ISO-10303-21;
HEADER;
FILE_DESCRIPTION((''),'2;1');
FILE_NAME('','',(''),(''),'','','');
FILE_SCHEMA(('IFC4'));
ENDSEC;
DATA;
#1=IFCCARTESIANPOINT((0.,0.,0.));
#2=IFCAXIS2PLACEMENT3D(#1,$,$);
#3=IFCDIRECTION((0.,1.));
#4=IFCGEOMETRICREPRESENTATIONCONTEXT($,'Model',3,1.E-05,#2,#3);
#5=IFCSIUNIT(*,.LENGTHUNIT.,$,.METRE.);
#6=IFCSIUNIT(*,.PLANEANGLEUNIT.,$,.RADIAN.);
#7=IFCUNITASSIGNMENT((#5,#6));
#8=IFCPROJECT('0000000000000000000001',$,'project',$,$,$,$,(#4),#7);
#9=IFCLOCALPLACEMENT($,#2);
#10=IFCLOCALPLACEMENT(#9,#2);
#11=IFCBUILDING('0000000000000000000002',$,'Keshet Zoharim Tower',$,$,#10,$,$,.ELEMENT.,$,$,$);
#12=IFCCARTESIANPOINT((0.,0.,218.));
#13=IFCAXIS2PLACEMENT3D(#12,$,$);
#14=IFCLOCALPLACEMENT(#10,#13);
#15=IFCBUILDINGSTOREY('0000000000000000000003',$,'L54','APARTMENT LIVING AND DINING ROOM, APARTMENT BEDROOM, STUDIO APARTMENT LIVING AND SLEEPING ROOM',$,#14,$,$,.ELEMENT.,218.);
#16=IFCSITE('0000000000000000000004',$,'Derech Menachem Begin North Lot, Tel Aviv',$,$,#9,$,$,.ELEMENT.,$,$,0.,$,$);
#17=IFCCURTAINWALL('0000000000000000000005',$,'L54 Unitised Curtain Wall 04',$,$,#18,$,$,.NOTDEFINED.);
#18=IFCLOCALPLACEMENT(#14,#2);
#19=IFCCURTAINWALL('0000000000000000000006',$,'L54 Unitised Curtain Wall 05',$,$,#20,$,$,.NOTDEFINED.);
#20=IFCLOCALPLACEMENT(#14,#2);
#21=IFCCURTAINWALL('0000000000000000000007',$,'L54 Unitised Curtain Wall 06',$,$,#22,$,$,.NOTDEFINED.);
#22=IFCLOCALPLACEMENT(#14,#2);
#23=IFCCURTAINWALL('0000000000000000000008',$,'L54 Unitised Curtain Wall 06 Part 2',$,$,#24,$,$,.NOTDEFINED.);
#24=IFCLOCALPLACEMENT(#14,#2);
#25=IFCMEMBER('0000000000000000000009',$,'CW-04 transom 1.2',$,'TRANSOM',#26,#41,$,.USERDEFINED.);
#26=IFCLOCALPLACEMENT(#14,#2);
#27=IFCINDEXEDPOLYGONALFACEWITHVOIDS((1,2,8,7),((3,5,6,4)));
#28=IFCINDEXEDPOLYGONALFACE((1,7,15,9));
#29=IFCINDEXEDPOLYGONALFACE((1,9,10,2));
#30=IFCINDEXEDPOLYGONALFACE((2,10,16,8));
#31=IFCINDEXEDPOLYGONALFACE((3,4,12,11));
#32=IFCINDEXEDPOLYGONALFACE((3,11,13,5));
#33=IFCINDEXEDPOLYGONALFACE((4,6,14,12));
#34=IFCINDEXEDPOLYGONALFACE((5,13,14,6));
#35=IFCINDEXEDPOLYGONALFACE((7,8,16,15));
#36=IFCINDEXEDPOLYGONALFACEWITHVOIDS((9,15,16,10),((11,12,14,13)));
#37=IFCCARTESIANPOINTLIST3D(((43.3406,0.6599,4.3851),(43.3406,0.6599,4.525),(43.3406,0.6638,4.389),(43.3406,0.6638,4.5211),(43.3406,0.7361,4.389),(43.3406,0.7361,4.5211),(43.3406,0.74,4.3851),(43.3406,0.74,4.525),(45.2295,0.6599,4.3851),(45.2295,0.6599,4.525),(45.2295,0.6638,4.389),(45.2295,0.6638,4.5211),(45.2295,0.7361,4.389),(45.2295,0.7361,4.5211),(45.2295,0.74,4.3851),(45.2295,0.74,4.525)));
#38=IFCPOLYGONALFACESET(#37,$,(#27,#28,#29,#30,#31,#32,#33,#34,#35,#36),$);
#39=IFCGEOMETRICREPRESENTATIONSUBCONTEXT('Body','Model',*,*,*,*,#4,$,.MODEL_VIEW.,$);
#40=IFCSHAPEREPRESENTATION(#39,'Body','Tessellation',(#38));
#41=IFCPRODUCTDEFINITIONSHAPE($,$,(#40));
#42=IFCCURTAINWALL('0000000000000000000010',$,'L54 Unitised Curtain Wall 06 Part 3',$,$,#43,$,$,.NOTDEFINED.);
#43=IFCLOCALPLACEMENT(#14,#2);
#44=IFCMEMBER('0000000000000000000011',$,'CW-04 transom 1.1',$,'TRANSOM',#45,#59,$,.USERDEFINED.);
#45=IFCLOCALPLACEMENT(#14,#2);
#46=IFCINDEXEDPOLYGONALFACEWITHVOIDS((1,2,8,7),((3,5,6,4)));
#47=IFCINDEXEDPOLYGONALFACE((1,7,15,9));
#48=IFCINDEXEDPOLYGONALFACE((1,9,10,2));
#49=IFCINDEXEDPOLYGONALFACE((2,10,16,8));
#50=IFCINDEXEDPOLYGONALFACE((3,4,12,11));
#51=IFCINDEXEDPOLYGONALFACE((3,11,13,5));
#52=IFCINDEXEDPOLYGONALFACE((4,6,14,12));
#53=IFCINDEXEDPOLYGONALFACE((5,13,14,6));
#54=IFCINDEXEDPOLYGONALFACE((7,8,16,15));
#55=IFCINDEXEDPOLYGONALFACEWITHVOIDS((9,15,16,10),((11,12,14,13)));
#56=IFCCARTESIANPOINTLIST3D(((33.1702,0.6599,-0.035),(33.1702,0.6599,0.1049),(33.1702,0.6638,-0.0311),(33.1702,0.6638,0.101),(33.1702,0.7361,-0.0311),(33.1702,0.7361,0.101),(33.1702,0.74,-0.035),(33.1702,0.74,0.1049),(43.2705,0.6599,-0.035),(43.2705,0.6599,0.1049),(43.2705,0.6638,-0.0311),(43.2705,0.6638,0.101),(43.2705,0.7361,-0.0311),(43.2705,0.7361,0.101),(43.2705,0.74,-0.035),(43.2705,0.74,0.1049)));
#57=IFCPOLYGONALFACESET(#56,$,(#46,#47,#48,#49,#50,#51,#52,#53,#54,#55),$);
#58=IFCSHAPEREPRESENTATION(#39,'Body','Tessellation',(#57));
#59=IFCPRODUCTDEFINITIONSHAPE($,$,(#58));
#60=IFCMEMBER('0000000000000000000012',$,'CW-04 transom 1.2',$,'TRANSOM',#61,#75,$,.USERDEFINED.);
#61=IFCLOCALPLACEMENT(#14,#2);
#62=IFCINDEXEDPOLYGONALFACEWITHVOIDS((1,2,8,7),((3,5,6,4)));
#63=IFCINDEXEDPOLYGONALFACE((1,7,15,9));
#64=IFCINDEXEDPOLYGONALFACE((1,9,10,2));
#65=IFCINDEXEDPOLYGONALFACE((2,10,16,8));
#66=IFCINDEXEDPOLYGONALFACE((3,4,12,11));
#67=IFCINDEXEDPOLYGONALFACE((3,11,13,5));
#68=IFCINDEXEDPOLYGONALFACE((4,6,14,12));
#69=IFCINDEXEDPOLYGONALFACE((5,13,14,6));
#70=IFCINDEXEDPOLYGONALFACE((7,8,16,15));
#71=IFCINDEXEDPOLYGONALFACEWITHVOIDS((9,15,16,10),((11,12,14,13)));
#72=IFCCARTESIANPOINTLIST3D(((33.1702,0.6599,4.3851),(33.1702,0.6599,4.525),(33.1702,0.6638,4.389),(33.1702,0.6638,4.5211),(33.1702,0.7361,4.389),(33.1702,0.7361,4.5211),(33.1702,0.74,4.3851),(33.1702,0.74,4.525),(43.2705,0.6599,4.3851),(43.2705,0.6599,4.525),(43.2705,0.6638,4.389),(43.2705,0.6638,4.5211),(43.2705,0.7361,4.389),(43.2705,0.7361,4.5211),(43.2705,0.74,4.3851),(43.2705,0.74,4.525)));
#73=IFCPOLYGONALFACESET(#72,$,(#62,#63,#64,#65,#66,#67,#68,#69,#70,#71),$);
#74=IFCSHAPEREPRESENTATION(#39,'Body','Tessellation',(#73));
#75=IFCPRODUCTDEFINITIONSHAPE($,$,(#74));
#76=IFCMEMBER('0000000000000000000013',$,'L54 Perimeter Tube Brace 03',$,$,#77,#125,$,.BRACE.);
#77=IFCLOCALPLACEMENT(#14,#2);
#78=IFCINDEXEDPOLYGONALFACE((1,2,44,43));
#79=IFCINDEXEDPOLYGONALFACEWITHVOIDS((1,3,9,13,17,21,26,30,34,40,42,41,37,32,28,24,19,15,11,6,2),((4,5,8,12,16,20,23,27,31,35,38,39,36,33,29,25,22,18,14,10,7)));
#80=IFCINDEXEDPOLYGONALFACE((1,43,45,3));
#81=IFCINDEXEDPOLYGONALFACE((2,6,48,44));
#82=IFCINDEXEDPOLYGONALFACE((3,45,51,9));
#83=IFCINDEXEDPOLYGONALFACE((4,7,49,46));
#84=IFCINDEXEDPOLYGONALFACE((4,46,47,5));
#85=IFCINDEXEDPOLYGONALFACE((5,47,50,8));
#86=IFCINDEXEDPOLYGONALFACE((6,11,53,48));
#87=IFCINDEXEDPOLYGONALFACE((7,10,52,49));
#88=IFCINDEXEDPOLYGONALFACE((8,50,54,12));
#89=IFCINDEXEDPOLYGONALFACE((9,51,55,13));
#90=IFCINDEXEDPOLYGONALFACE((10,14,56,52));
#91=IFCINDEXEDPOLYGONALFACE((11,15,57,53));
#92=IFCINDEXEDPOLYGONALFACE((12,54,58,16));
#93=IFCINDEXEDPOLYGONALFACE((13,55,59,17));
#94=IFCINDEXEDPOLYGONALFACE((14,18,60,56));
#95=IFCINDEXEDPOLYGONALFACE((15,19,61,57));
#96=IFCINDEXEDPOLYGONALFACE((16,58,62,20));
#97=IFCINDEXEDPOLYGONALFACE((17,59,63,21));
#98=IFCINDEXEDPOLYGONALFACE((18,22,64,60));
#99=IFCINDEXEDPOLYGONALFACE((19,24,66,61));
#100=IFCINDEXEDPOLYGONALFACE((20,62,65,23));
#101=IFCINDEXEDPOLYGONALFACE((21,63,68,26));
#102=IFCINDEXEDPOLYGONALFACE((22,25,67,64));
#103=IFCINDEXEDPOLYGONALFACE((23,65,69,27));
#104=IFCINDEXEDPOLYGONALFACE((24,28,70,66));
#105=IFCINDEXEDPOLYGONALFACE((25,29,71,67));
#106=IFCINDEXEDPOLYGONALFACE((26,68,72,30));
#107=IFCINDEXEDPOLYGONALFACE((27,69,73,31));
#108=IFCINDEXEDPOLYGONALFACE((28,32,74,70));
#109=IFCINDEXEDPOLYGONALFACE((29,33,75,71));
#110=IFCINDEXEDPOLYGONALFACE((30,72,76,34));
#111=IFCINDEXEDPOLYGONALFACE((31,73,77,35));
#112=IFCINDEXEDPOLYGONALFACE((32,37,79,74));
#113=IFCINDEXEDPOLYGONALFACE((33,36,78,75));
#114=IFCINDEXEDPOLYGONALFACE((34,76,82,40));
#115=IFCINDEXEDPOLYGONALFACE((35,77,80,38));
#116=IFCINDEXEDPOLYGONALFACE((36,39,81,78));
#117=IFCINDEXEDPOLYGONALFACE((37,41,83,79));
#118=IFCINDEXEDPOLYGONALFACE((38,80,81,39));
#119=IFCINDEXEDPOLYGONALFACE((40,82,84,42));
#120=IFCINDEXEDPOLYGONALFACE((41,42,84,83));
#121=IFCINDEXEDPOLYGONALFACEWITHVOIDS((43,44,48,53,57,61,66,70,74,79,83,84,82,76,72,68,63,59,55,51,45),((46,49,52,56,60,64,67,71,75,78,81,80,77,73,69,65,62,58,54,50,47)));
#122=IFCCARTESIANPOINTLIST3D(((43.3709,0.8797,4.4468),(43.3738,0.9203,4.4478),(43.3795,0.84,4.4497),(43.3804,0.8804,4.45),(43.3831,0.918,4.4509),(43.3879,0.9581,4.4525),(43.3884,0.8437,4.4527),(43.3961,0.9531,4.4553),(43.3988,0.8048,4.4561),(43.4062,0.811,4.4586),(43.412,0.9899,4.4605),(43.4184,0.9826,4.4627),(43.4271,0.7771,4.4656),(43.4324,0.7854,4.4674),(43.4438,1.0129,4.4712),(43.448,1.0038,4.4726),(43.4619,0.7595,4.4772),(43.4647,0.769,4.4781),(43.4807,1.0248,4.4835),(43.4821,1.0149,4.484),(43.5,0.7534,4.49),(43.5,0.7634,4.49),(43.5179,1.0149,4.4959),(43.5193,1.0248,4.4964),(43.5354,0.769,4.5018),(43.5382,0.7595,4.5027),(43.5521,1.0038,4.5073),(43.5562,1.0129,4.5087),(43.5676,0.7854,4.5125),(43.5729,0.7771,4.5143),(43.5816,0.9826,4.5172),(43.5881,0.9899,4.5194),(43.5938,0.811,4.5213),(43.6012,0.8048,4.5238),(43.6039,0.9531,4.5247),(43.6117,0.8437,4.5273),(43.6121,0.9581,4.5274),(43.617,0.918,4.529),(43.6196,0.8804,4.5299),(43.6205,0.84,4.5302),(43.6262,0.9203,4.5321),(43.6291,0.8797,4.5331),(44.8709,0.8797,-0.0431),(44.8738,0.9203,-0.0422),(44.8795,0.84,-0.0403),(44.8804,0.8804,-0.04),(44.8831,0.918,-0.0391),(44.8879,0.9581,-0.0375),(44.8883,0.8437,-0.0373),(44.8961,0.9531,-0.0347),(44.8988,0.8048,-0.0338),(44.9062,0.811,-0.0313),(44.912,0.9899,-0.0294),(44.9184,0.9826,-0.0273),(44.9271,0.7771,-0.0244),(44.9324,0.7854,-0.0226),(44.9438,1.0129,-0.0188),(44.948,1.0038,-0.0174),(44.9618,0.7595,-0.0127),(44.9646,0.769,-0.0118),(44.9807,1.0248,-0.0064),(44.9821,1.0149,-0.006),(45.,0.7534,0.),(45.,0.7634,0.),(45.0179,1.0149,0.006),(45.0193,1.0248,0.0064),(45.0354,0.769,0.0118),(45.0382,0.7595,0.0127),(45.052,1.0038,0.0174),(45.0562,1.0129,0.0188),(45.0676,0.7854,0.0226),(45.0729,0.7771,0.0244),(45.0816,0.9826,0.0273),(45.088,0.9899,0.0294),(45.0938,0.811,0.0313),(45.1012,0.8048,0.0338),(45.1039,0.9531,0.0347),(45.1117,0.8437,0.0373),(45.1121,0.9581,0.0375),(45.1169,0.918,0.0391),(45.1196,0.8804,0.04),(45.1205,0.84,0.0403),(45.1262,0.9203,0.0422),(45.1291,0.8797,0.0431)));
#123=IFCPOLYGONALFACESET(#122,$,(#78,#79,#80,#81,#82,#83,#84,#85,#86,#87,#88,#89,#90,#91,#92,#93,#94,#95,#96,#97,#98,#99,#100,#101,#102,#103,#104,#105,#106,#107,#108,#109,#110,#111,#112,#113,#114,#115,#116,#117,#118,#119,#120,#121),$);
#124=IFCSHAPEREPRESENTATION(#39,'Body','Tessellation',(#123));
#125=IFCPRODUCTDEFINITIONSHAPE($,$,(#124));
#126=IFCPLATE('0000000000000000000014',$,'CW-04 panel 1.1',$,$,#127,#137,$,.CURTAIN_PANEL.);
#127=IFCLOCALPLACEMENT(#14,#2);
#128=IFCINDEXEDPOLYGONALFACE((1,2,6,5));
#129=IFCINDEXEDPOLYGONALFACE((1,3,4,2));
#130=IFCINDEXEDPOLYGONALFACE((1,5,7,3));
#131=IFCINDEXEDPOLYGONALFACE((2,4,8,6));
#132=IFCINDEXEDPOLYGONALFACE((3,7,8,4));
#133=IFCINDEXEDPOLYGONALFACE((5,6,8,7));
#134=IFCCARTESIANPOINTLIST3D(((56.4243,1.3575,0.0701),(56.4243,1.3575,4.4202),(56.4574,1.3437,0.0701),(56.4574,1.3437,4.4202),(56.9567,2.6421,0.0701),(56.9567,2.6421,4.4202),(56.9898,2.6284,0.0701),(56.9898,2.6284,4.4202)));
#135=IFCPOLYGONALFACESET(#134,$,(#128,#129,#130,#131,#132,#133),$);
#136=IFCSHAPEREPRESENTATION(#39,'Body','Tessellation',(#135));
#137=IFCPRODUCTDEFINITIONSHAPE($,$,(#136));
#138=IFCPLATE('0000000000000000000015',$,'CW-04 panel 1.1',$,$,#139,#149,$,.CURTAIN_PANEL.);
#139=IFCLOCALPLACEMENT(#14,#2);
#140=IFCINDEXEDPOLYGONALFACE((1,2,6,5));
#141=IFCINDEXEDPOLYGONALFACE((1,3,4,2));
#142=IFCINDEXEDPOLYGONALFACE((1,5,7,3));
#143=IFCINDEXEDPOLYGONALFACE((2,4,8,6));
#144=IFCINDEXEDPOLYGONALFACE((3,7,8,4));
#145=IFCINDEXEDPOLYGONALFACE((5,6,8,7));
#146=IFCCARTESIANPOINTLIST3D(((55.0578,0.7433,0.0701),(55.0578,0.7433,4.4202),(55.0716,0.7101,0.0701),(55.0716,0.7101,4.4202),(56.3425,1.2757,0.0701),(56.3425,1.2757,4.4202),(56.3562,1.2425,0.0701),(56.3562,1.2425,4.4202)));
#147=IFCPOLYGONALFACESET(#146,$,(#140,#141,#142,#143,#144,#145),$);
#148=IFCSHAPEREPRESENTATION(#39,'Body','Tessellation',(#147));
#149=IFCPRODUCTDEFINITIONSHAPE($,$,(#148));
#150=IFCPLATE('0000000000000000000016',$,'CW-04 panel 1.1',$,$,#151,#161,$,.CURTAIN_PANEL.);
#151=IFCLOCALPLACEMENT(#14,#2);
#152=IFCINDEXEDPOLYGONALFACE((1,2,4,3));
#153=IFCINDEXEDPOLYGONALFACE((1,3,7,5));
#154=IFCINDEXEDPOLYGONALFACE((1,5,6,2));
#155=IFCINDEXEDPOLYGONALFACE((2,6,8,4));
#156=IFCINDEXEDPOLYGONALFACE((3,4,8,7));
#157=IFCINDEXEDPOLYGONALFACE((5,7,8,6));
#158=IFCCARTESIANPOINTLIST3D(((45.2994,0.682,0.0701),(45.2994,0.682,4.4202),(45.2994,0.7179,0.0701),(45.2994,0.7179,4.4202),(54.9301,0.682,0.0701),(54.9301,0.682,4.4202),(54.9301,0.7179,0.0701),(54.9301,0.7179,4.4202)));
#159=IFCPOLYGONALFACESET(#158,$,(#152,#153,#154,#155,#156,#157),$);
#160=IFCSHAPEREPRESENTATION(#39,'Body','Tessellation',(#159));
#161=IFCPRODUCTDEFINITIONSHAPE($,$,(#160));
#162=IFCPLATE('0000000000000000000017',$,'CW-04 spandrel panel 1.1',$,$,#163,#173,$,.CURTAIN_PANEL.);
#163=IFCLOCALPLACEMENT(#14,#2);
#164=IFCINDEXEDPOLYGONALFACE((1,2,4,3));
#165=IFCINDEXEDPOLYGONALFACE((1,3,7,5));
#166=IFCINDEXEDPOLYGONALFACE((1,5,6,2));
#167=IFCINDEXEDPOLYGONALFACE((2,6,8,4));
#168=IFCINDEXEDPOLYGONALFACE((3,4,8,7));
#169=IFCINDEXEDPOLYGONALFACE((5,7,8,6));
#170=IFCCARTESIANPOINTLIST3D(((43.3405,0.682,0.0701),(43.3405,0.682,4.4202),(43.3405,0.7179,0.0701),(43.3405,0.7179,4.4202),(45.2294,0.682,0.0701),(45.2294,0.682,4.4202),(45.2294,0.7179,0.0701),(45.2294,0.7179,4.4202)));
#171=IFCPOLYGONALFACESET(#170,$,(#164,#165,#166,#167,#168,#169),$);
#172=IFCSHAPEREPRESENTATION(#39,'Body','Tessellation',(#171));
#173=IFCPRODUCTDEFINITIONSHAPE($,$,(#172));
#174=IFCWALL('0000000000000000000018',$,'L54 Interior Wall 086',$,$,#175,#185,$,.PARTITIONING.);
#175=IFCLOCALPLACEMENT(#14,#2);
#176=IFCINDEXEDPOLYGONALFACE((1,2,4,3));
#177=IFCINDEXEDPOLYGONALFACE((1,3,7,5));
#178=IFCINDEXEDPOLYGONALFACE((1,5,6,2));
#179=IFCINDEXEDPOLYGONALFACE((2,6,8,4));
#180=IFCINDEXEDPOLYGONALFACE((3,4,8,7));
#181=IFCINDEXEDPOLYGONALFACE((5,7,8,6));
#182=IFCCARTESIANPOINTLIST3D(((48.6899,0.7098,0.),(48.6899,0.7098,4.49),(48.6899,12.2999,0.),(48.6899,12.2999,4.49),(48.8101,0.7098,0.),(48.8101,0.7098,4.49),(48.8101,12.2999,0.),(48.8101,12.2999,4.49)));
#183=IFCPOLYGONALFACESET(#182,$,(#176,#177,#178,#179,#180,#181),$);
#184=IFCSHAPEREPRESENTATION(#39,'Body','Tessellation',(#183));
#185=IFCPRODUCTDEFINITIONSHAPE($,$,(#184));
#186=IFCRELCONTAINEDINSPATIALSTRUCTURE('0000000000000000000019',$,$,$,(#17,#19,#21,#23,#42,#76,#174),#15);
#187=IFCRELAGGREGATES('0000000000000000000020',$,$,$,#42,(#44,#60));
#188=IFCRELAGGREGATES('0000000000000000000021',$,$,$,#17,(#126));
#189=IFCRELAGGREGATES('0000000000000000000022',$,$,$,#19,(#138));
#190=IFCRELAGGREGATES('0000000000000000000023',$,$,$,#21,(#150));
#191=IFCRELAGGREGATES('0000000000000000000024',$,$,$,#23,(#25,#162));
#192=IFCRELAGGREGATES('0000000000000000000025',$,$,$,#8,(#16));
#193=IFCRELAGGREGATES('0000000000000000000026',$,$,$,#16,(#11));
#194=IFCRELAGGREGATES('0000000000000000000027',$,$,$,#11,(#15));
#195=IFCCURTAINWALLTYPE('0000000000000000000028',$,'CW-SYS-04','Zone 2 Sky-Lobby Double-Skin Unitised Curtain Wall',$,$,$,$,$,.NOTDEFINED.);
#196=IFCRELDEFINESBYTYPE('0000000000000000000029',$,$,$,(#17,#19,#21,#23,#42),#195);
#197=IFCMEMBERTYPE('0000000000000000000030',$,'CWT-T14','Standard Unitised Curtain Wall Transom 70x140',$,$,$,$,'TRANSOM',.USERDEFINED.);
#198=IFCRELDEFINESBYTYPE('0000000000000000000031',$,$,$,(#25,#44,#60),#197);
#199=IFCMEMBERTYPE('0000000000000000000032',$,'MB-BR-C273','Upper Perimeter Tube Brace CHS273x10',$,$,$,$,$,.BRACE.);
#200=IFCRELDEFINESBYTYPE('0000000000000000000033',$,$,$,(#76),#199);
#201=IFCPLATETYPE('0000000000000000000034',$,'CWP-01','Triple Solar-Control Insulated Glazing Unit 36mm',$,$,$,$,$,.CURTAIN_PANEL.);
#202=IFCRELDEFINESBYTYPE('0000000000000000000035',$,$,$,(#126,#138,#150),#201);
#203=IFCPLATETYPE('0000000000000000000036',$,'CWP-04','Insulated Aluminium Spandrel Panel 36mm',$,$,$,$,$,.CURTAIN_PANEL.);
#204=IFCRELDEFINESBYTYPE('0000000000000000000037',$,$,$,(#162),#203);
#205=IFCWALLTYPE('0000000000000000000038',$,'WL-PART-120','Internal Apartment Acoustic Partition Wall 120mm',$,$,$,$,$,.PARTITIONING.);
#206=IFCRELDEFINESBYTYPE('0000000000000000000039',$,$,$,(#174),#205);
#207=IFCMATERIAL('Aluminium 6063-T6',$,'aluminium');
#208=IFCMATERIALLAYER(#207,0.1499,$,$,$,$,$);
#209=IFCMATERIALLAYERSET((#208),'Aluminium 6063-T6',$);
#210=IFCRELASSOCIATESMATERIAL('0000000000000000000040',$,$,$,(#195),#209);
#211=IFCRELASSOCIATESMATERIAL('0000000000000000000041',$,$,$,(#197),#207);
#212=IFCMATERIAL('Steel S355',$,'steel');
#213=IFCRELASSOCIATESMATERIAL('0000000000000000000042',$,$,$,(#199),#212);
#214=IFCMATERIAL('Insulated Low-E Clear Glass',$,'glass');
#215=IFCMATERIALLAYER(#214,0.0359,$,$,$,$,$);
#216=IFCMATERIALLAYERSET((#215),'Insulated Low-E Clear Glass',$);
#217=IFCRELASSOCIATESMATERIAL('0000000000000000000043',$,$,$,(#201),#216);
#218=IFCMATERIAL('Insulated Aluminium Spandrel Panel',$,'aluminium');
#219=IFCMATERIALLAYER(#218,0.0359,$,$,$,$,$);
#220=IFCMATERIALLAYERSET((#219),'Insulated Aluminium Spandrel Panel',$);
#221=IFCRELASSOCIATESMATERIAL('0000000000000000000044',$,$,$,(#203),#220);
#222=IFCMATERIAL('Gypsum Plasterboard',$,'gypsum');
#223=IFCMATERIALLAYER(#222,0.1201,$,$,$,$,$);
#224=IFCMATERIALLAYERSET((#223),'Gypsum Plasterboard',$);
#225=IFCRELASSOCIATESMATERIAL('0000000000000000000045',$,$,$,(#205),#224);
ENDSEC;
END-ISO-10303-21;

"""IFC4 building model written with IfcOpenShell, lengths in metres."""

from ifc_helpers import new_model, si_unit, direction, frame, frame_2d, origin, origin_2d, place, context, subcontext, project, spatial, rectangle, hollow_rectangle, hollow_circle, extrude, material, layer, layer_set, material_profile, profile_set, type_object, element, aggregate, save


model = new_model("IFC4")

# Units and contexts
model_context = context("Model", 3, precision=1e-05, world=origin(), true_north=direction((0.0, 1.0)))
body_context = subcontext(model_context, "Body", "Model", "MODEL_VIEW")
ifc_project = project(units=[si_unit("LENGTHUNIT", "METRE"), si_unit("PLANEANGLEUNIT", "RADIAN")], contexts=[model_context])

# Site, building, storey
site_placement = place(None, origin())
site = spatial("IfcSite", under=ifc_project, at=site_placement, Name="Derech Menachem Begin North Lot, Tel Aviv", CompositionType="ELEMENT", RefElevation=0.0)
building_placement = place(site_placement, origin())
building = spatial("IfcBuilding", under=site, at=building_placement, Name="Keshet Zoharim Tower", CompositionType="ELEMENT")
storey_placement = place(building_placement, frame((0.0, 0.0, 218.0)))
storey = spatial("IfcBuildingStorey", under=building, at=storey_placement, Name="L54", Description="APARTMENT LIVING AND DINING ROOM, APARTMENT BEDROOM, STUDIO APARTMENT LIVING AND SLEEPING ROOM", CompositionType="ELEMENT", Elevation=218.0)

# Shared definitions
ifc_material_1 = material(Name="Steel S355", Category="steel")

# Curtain walls
ifc_material_2 = material(Name="Aluminium 6063-T6", Category="aluminium")
ifc_layer_1 = layer(ifc_material_2, 0.1499)
ifc_layer_set_1 = layer_set([ifc_layer_1], Name="Aluminium 6063-T6")
curtain_wall_type = type_object("IfcCurtainWallType", Name="CW-SYS-04", Description="Zone 2 Sky-Lobby Double-Skin Unitised Curtain Wall", PredefinedType="NOTDEFINED", material=ifc_layer_set_1)
curtain_wall_1_placement = place(storey_placement, origin())
curtain_wall_1 = element("IfcCurtainWall", 1, at=curtain_wall_1_placement, inside=storey, type_object=curtain_wall_type, Name="L54 Unitised Curtain Wall 04", PredefinedType="NOTDEFINED")
curtain_wall_2_placement = place(storey_placement, origin())
curtain_wall_2 = element("IfcCurtainWall", 2, at=curtain_wall_2_placement, inside=storey, type_object=curtain_wall_type, Name="L54 Unitised Curtain Wall 05", PredefinedType="NOTDEFINED")
curtain_wall_3_placement = place(storey_placement, origin())
curtain_wall_3 = element("IfcCurtainWall", 3, at=curtain_wall_3_placement, inside=storey, type_object=curtain_wall_type, Name="L54 Unitised Curtain Wall 06", PredefinedType="NOTDEFINED")

# Curtain wall
curtain_wall_4_placement = place(storey_placement, origin())
curtain_wall_4 = element("IfcCurtainWall", 4, at=curtain_wall_4_placement, inside=storey, type_object=curtain_wall_type, Name="L54 Unitised Curtain Wall 06 Part 2", PredefinedType="NOTDEFINED")

# Member
ifc_material_profile_1 = material_profile(ifc_material_2, hollow_rectangle(XDim=0.0801, YDim=0.1399, WallThickness=0.0039, at=origin_2d()), Name="TRN-80x140")
ifc_profile_set_1 = profile_set([ifc_material_profile_1], Name="Aluminium 6063-T6")
member_type_1 = type_object("IfcMemberType", Name="CWT-T14", Description="Standard Unitised Curtain Wall Transom 70x140", ElementType="TRANSOM", PredefinedType="USERDEFINED", material=ifc_profile_set_1)
member_1_placement = place(storey_placement, frame((45.2295, 0.7, 4.4551), z_axis=(-1.0, 0.0, 0.0), x_axis=(0.0, -1.0, 0.0)))
member_1 = element("IfcMember", 5, at=member_1_placement, type_object=member_type_1, Name="CW-04 transom 1.2", ObjectType="TRANSOM", PredefinedType="USERDEFINED", context=body_context, shape_type="SweptSolid", body=[
    extrude(hollow_rectangle(XDim=0.0801, YDim=0.1399, WallThickness=0.0039, at=origin_2d()), origin(), (0.0, 0.0, 1.0), 1.8889),
])

# Curtain wall, members
curtain_wall_5_placement = place(storey_placement, origin())
curtain_wall_5 = element("IfcCurtainWall", 6, at=curtain_wall_5_placement, inside=storey, type_object=curtain_wall_type, Name="L54 Unitised Curtain Wall 06 Part 3", PredefinedType="NOTDEFINED")
member_2_placement = place(storey_placement, frame((43.2705, 0.7, 0.0349), z_axis=(-1.0, 0.0, 0.0), x_axis=(0.0, -1.0, 0.0)))
member_2 = element("IfcMember", 7, at=member_2_placement, type_object=member_type_1, Name="CW-04 transom 1.1", ObjectType="TRANSOM", PredefinedType="USERDEFINED", context=body_context, shape_type="SweptSolid", body=[
    extrude(hollow_rectangle(XDim=0.0801, YDim=0.1399, WallThickness=0.0039, at=origin_2d()), origin(), (0.0, 0.0, 1.0), 10.1003),
])
member_3_placement = place(storey_placement, frame((43.2705, 0.7, 4.4551), z_axis=(-1.0, 0.0, 0.0), x_axis=(0.0, -1.0, 0.0)))
member_3 = element("IfcMember", 8, at=member_3_placement, type_object=member_type_1, Name="CW-04 transom 1.2", ObjectType="TRANSOM", PredefinedType="USERDEFINED", context=body_context, shape_type="SweptSolid", body=[
    extrude(hollow_rectangle(XDim=0.0801, YDim=0.1399, WallThickness=0.0039, at=origin_2d()), origin(), (0.0, 0.0, 1.0), 10.1003),
])
aggregate(curtain_wall_5, [member_2, member_3])

# Member
ifc_material_profile_2 = material_profile(ifc_material_1, hollow_circle(Radius=0.1365, WallThickness=0.01, at=origin_2d()), Name="CHS273x10")
ifc_profile_set_2 = profile_set([ifc_material_profile_2], Name="Steel S355")
member_type_2 = type_object("IfcMemberType", Name="MB-BR-C273", Description="Upper Perimeter Tube Brace CHS273x10", PredefinedType="BRACE", material=ifc_profile_set_2)
member_4_placement = place(storey_placement, frame((45.0, 0.8899, 0.0), z_axis=(-0.316862, 0.0, 0.948472), x_axis=(0.0, -1.0, 0.0)))
element("IfcMember", 9, at=member_4_placement, inside=storey, type_object=member_type_2, Name="L54 Perimeter Tube Brace 03", PredefinedType="BRACE", context=body_context, shape_type="SweptSolid", body=[
    extrude(hollow_circle(Radius=0.1365, WallThickness=0.01, at=origin_2d()), origin(), (0.0, 0.0, 1.0), 4.7339),
])

# Plates
ifc_material_3 = material(Name="Insulated Low-E Clear Glass", Category="glass")
ifc_layer_2 = layer(ifc_material_3, 0.0359)
ifc_layer_set_2 = layer_set([ifc_layer_2], Name="Insulated Low-E Clear Glass")
plate_type_1 = type_object("IfcPlateType", Name="CWP-01", Description="Triple Solar-Control Insulated Glazing Unit 36mm", PredefinedType="CURTAIN_PANEL", material=ifc_layer_set_2)
plate_1_placement = place(storey_placement, frame((56.707, 1.9929, 0.0701), z_axis=(0.0, 0.0, 1.0), x_axis=(-0.382852, -0.92381, 0.0)))
plate_1 = element("IfcPlate", 10, at=plate_1_placement, type_object=plate_type_1, Name="CW-04 panel 1.1", PredefinedType="CURTAIN_PANEL", context=body_context, shape_type="SweptSolid", body=[
    extrude(rectangle(XDim=1.3906, YDim=0.0359, at=origin_2d()), origin(), (0.0, 0.0, 1.0), 4.3501),
])
aggregate(curtain_wall_1, [plate_1])
plate_2_placement = place(storey_placement, frame((55.707, 0.9929, 0.0701), z_axis=(0.0, 0.0, 1.0), x_axis=(-0.92381, -0.382852, 0.0)))
plate_2 = element("IfcPlate", 11, at=plate_2_placement, type_object=plate_type_1, Name="CW-04 panel 1.1", PredefinedType="CURTAIN_PANEL", context=body_context, shape_type="SweptSolid", body=[
    extrude(rectangle(XDim=1.3906, YDim=0.0359, at=origin_2d()), origin(), (0.0, 0.0, 1.0), 4.3501),
])
aggregate(curtain_wall_2, [plate_2])
plate_3_placement = place(storey_placement, frame((50.1147, 0.7, 0.0701), z_axis=(0.0, 0.0, 1.0), x_axis=(-1.0, 0.0, 0.0)))
plate_3 = element("IfcPlate", 12, at=plate_3_placement, type_object=plate_type_1, Name="CW-04 panel 1.1", PredefinedType="CURTAIN_PANEL", context=body_context, shape_type="SweptSolid", body=[
    extrude(rectangle(XDim=9.6306, YDim=0.0359, at=origin_2d()), origin(), (0.0, 0.0, 1.0), 4.3501),
])
aggregate(curtain_wall_3, [plate_3])
ifc_material_4 = material(Name="Insulated Aluminium Spandrel Panel", Category="aluminium")
ifc_layer_3 = layer(ifc_material_4, 0.0359)
ifc_layer_set_3 = layer_set([ifc_layer_3], Name="Insulated Aluminium Spandrel Panel")
plate_type_2 = type_object("IfcPlateType", Name="CWP-04", Description="Insulated Aluminium Spandrel Panel 36mm", PredefinedType="CURTAIN_PANEL", material=ifc_layer_set_3)
plate_4_placement = place(storey_placement, frame((44.2849, 0.7, 0.0701), z_axis=(0.0, 0.0, 1.0), x_axis=(-1.0, 0.0, 0.0)))
plate_4 = element("IfcPlate", 13, at=plate_4_placement, type_object=plate_type_2, Name="CW-04 spandrel panel 1.1", PredefinedType="CURTAIN_PANEL", context=body_context, shape_type="SweptSolid", body=[
    extrude(rectangle(XDim=1.8889, YDim=0.0359, at=origin_2d()), origin(), (0.0, 0.0, 1.0), 4.3501),
])
aggregate(curtain_wall_4, [member_1, plate_4])

# Wall
ifc_material_5 = material(Name="Gypsum Plasterboard", Category="gypsum")
ifc_layer_4 = layer(ifc_material_5, 0.1201)
ifc_layer_set_4 = layer_set([ifc_layer_4], Name="Gypsum Plasterboard")
wall_type = type_object("IfcWallType", Name="WL-PART-120", Description="Internal Apartment Acoustic Partition Wall 120mm", PredefinedType="PARTITIONING", material=ifc_layer_set_4)
wall_1_placement = place(storey_placement, frame((48.75, 0.71, 0.0), z_axis=(0.0, 0.0, 1.0), x_axis=(0.0, 1.0, 0.0)))
element("IfcWall", 14, at=wall_1_placement, inside=storey, type_object=wall_type, Name="L54 Interior Wall 086", PredefinedType="PARTITIONING", context=body_context, shape_type="SweptSolid", body=[
    extrude(rectangle(XDim=11.5901, YDim=0.1201, at=frame_2d((5.7949, 0.0))), origin(), (0.0, 0.0, 1.0), 4.49),
])

save(model, "model.ifc")
